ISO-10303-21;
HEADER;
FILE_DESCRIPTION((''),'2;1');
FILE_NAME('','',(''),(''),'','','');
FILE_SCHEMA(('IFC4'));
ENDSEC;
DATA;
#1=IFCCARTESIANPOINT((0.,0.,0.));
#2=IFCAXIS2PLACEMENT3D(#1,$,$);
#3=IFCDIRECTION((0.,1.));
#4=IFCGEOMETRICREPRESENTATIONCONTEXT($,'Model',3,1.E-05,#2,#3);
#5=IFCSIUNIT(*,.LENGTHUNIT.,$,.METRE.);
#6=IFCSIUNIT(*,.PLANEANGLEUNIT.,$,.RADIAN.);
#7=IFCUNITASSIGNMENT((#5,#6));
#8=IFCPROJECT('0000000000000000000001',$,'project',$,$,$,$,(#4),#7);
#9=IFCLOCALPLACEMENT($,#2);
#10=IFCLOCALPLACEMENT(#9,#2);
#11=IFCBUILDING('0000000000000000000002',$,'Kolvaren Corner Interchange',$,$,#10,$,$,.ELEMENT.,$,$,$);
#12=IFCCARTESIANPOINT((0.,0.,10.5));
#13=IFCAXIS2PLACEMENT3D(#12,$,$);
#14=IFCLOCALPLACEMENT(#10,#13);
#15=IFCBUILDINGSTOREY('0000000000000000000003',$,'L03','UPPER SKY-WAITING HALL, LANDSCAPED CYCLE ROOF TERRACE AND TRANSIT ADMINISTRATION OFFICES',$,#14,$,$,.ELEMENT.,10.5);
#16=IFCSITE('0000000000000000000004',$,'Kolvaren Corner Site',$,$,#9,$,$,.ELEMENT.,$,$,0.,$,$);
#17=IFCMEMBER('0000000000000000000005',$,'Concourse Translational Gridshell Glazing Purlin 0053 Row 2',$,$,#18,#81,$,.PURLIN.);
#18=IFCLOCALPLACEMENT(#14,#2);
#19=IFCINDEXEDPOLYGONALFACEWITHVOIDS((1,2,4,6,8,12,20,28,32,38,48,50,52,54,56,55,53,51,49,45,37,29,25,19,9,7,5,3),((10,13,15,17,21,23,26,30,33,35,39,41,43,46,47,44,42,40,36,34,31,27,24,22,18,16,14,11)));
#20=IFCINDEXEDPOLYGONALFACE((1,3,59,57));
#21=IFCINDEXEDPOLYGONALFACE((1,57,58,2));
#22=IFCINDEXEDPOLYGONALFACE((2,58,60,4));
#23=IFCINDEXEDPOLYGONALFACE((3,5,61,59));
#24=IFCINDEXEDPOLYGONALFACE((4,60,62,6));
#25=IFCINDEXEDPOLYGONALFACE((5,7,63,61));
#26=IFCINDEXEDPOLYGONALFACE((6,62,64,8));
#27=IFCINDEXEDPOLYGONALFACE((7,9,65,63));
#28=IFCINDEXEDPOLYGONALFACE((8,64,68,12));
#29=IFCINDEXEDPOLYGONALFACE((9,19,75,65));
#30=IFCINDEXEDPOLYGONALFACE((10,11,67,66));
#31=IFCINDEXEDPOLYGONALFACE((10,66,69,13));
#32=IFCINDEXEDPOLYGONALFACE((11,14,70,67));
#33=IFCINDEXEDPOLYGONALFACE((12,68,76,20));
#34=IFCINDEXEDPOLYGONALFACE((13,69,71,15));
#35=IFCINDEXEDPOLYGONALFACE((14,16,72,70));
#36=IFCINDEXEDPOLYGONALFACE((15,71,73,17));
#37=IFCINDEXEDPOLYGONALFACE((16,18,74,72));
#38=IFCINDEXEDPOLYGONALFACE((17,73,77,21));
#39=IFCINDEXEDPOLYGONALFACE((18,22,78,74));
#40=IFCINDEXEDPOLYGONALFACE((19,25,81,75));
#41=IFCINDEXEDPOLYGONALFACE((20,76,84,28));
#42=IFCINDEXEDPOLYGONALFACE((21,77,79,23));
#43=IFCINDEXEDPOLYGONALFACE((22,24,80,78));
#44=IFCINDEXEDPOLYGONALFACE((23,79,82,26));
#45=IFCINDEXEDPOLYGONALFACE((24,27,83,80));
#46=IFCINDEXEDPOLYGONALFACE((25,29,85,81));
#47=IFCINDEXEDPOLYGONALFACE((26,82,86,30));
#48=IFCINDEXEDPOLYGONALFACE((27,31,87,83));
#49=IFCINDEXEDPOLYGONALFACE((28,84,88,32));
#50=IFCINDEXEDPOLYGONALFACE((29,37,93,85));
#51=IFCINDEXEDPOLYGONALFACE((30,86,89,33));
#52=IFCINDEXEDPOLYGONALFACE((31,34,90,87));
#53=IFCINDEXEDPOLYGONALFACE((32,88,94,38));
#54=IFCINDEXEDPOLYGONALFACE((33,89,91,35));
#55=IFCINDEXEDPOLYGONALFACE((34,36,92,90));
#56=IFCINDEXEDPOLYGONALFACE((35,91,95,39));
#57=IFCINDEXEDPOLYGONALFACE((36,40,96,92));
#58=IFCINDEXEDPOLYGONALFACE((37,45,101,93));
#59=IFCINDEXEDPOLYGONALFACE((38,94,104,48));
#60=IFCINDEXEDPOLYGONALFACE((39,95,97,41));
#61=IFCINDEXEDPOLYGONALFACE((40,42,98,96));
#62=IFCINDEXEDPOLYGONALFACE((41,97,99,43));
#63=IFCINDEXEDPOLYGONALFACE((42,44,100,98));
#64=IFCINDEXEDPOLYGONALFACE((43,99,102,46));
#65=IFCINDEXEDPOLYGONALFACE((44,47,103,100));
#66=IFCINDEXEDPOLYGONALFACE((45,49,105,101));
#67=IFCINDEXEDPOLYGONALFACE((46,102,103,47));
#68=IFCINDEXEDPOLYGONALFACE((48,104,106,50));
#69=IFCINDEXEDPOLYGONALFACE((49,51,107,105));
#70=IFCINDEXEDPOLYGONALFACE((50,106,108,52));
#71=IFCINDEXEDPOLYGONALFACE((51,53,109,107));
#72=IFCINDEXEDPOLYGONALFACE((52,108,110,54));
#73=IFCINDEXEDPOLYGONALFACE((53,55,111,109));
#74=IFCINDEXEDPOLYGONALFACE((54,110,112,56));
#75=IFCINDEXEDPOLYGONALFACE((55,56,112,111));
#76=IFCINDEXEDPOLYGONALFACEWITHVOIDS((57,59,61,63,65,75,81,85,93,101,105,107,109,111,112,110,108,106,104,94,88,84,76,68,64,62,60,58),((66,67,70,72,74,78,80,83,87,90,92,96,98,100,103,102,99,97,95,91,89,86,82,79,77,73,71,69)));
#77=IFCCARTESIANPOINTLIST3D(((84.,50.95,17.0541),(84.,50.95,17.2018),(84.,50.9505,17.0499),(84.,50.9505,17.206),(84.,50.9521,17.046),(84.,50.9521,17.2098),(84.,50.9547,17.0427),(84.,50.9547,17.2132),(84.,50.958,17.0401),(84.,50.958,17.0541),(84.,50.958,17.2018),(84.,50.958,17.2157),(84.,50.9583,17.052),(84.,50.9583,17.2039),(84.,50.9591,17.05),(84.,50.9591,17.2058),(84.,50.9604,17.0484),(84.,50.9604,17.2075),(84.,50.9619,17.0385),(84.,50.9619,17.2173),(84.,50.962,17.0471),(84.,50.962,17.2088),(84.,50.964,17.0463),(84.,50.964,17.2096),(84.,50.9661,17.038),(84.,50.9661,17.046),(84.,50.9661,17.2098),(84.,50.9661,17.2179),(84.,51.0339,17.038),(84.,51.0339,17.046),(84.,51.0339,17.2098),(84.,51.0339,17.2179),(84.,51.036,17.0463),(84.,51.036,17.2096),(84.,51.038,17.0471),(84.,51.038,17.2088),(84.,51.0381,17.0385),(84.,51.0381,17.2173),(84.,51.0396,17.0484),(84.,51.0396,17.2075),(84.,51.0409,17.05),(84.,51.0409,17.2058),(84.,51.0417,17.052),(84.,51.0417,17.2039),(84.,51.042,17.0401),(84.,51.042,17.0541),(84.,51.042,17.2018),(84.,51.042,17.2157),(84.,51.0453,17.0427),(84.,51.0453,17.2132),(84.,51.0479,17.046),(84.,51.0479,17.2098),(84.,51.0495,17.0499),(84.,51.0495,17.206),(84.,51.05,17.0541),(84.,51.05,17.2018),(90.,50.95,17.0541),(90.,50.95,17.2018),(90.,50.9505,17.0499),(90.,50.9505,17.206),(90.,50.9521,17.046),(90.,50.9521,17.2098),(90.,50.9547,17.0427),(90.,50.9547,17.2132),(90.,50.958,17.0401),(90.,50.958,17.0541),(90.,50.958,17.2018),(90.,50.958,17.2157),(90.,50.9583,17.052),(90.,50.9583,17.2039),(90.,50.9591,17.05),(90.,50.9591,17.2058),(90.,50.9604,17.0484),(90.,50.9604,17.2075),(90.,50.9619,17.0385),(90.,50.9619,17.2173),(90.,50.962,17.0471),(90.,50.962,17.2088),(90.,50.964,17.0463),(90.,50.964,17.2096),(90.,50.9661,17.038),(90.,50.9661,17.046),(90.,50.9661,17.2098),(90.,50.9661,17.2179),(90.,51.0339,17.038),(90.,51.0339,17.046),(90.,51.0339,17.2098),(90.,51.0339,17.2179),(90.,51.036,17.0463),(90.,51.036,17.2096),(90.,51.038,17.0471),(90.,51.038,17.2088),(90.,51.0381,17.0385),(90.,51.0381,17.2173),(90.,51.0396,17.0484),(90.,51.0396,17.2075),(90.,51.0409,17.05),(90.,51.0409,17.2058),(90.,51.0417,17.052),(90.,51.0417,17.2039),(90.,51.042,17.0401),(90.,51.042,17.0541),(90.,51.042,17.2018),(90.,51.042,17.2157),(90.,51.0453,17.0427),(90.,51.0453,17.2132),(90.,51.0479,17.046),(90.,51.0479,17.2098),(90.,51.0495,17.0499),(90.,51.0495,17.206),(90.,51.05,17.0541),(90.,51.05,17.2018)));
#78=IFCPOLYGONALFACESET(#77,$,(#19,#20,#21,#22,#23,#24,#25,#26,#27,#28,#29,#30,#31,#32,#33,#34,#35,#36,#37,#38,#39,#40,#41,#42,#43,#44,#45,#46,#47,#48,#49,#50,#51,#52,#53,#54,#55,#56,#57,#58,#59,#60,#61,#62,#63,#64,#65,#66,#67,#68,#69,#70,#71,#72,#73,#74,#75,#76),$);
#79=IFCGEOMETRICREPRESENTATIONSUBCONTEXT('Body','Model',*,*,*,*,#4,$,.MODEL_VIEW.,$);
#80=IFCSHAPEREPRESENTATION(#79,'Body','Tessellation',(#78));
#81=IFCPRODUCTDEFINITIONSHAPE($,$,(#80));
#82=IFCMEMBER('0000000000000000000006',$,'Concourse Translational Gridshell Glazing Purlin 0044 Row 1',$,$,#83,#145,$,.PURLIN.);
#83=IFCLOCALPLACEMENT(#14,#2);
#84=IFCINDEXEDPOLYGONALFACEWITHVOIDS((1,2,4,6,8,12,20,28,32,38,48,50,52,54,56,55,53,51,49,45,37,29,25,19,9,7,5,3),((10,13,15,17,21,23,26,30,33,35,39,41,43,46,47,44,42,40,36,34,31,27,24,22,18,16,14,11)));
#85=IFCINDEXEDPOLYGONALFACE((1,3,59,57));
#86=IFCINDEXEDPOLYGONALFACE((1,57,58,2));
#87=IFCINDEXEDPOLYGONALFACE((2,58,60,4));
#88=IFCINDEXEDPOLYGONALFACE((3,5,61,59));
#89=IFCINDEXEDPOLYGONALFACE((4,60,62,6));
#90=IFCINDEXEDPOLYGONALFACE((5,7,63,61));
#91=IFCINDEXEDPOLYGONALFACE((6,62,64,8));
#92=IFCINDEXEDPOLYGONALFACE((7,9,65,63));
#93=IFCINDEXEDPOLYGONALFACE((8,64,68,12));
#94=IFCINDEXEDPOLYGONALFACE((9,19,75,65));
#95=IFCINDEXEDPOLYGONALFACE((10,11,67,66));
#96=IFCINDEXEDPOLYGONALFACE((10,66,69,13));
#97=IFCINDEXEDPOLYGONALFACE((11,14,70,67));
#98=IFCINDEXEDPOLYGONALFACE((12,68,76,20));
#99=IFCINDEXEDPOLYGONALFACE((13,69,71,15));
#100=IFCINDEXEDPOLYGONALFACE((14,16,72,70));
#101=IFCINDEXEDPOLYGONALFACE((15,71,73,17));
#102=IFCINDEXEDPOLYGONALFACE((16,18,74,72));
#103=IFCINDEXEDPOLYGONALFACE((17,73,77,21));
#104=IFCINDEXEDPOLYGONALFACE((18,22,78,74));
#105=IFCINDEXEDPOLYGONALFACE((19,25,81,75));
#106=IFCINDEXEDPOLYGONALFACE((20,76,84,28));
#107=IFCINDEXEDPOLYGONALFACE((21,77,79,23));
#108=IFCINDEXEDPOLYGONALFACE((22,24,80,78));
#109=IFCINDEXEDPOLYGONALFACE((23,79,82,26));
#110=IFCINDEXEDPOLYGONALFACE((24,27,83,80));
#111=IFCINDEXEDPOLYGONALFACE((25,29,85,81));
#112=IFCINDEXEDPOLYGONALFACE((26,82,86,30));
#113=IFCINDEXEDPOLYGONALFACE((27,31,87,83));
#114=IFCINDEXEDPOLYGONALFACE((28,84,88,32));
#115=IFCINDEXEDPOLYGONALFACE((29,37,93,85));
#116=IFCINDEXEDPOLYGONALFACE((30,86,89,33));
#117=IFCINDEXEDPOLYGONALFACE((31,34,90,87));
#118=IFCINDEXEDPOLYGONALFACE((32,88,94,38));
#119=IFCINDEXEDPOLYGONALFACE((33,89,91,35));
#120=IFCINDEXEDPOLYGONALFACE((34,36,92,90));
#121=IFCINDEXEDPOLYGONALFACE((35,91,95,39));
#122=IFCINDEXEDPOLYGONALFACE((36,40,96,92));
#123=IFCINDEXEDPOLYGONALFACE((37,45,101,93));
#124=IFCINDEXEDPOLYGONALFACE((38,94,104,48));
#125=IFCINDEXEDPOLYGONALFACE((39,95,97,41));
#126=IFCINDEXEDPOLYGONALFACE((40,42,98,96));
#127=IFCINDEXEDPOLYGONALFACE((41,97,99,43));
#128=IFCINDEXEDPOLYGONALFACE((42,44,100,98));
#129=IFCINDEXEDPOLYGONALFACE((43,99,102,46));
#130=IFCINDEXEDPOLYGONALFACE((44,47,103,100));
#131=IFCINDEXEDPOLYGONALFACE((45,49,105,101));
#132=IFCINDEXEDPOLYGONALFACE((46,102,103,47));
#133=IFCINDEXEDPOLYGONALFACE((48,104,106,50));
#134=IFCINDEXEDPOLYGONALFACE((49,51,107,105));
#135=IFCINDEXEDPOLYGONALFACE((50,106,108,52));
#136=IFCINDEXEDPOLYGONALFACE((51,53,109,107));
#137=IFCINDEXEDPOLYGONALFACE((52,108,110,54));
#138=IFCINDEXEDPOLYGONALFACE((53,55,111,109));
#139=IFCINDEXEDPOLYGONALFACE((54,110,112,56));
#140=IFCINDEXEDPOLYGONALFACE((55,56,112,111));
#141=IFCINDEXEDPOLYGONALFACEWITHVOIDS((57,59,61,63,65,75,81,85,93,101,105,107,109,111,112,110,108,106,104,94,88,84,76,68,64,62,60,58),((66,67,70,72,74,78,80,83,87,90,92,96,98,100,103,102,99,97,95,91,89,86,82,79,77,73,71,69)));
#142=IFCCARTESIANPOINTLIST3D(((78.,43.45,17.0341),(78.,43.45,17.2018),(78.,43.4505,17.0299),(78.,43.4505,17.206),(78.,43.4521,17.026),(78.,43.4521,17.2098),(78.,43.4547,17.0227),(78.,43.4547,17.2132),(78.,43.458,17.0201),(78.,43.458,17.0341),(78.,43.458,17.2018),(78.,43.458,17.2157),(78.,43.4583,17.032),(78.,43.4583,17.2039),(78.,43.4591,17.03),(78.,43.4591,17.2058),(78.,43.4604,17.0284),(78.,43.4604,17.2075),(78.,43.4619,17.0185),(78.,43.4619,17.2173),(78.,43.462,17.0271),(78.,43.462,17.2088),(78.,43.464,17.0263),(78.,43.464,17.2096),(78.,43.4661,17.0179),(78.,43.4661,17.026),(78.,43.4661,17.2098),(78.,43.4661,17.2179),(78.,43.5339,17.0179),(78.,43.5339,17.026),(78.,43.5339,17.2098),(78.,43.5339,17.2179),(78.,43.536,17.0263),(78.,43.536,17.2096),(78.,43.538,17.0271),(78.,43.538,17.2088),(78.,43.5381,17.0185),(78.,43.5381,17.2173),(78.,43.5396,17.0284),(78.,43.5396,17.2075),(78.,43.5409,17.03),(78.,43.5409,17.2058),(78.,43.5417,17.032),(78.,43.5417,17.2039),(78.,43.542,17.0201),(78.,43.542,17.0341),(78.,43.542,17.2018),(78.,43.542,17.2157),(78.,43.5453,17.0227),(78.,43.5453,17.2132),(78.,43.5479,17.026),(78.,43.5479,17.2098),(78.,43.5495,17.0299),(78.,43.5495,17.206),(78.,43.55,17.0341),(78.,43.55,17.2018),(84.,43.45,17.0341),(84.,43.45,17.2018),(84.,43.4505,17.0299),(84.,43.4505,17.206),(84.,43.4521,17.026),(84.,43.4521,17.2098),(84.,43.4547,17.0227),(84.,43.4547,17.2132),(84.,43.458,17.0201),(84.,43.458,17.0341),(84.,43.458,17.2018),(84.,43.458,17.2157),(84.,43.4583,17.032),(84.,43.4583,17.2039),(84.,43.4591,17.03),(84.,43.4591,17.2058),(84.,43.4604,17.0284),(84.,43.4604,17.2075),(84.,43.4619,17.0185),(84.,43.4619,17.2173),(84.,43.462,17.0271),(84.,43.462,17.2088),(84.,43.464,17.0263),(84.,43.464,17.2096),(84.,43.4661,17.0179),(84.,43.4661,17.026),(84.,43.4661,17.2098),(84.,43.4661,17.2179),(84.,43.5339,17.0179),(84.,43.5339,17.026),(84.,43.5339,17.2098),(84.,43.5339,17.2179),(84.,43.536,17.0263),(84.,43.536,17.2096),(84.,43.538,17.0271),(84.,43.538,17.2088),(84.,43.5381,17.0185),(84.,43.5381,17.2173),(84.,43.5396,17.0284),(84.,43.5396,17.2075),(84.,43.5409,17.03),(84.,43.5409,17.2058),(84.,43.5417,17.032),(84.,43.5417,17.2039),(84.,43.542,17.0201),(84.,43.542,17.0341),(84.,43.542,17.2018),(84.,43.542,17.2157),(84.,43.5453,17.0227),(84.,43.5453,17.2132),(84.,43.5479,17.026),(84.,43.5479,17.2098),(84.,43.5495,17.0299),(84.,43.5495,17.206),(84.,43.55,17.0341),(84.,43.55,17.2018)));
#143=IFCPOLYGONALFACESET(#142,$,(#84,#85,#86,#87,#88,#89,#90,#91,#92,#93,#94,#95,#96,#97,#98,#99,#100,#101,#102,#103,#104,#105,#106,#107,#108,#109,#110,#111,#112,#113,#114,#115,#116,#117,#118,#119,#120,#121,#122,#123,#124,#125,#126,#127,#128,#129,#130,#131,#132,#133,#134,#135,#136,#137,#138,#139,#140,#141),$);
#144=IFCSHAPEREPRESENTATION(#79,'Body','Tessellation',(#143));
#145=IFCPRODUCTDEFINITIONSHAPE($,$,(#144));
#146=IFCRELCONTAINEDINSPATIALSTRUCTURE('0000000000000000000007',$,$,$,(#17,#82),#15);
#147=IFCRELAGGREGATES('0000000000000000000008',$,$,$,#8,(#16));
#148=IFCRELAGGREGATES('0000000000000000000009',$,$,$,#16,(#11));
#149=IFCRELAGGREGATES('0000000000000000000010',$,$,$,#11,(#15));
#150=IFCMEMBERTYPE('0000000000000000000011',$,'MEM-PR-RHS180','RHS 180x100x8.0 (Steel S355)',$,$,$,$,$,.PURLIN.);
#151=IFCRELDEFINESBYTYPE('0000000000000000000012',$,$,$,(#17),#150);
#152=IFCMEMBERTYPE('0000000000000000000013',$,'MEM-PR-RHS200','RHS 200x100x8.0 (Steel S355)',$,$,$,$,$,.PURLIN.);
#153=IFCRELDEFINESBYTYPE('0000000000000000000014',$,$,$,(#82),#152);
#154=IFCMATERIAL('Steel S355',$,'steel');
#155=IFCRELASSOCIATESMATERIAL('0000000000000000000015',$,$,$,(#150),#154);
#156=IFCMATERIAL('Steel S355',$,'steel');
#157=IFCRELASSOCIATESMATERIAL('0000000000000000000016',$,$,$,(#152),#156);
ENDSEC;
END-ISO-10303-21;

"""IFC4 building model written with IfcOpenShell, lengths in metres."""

from ifc_helpers import new_model, si_unit, direction, frame, origin, origin_2d, place, context, subcontext, project, spatial, hollow_rectangle, extrude, material, material_profile, profile_set, type_object, element, save


model = new_model("IFC4")

# Units and contexts
model_context = context("Model", 3, precision=1e-05, world=origin(), true_north=direction((0.0, 1.0)))
body_context = subcontext(model_context, "Body", "Model", "MODEL_VIEW")
ifc_project = project(units=[si_unit("LENGTHUNIT", "METRE"), si_unit("PLANEANGLEUNIT", "RADIAN")], contexts=[model_context])

# Site, building, storey
site_placement = place(None, origin())
site = spatial("IfcSite", under=ifc_project, at=site_placement, Name="Kolvaren Corner Site", CompositionType="ELEMENT", RefElevation=0.0)
building_placement = place(site_placement, origin())
building = spatial("IfcBuilding", under=site, at=building_placement, Name="Kolvaren Corner Interchange", CompositionType="ELEMENT")
storey_placement = place(building_placement, frame((0.0, 0.0, 10.5)))
storey = spatial("IfcBuildingStorey", under=building, at=storey_placement, Name="L03", Description="UPPER SKY-WAITING HALL, LANDSCAPED CYCLE ROOF TERRACE AND TRANSIT ADMINISTRATION OFFICES", CompositionType="ELEMENT", Elevation=10.5)

# Members
ifc_material_1 = material(Name="Steel S355", Category="steel")
ifc_material_profile_1 = material_profile(ifc_material_1, hollow_rectangle(XDim=0.1001, YDim=0.1799, WallThickness=0.0081, InnerFilletRadius=0.0081, OuterFilletRadius=0.0161, at=origin_2d()), Name="RHS 180x100x8.0")
ifc_profile_set_1 = profile_set([ifc_material_profile_1], Name="Steel S355")
member_type_1 = type_object("IfcMemberType", Name="MEM-PR-RHS180", Description="RHS 180x100x8.0 (Steel S355)", PredefinedType="PURLIN", material=ifc_profile_set_1)
for number, where, z_axis, x_axis, name in (
    (1, (84.0, 51.0, 17.1279), (1.0, 0.0, 0.0), (0.0, 1.0, 0.0), "Concourse Translational Gridshell Glazing Purlin 0053 Row 2"),
):
    element("IfcMember", number, at=place(storey_placement, frame(where, z_axis=z_axis, x_axis=x_axis)), inside=storey, type_object=member_type_1, Name=name, PredefinedType="PURLIN", context=body_context, shape_type="SweptSolid", body=[
        extrude(hollow_rectangle(XDim=0.1001, YDim=0.1799, WallThickness=0.0081, InnerFilletRadius=0.0081, OuterFilletRadius=0.0161, at=origin_2d()), origin(), (0.0, 0.0, 1.0), 6.0),
    ])
ifc_material_2 = material(Name="Steel S355", Category="steel")
ifc_material_profile_2 = material_profile(ifc_material_2, hollow_rectangle(XDim=0.1001, YDim=0.2, WallThickness=0.0081, InnerFilletRadius=0.0081, OuterFilletRadius=0.0161, at=origin_2d()), Name="RHS 200x100x8.0")
ifc_profile_set_2 = profile_set([ifc_material_profile_2], Name="Steel S355")
member_type_2 = type_object("IfcMemberType", Name="MEM-PR-RHS200", Description="RHS 200x100x8.0 (Steel S355)", PredefinedType="PURLIN", material=ifc_profile_set_2)
for number, where, z_axis, x_axis, name in (
    (2, (78.0, 43.5, 17.1179), (1.0, 0.0, 0.0), (0.0, 1.0, 0.0), "Concourse Translational Gridshell Glazing Purlin 0044 Row 1"),
):
    element("IfcMember", number, at=place(storey_placement, frame(where, z_axis=z_axis, x_axis=x_axis)), inside=storey, type_object=member_type_2, Name=name, PredefinedType="PURLIN", context=body_context, shape_type="SweptSolid", body=[
        extrude(hollow_rectangle(XDim=0.1001, YDim=0.2, WallThickness=0.0081, InnerFilletRadius=0.0081, OuterFilletRadius=0.0161, at=origin_2d()), origin(), (0.0, 0.0, 1.0), 6.0),
    ])

save(model, "model.ifc")
